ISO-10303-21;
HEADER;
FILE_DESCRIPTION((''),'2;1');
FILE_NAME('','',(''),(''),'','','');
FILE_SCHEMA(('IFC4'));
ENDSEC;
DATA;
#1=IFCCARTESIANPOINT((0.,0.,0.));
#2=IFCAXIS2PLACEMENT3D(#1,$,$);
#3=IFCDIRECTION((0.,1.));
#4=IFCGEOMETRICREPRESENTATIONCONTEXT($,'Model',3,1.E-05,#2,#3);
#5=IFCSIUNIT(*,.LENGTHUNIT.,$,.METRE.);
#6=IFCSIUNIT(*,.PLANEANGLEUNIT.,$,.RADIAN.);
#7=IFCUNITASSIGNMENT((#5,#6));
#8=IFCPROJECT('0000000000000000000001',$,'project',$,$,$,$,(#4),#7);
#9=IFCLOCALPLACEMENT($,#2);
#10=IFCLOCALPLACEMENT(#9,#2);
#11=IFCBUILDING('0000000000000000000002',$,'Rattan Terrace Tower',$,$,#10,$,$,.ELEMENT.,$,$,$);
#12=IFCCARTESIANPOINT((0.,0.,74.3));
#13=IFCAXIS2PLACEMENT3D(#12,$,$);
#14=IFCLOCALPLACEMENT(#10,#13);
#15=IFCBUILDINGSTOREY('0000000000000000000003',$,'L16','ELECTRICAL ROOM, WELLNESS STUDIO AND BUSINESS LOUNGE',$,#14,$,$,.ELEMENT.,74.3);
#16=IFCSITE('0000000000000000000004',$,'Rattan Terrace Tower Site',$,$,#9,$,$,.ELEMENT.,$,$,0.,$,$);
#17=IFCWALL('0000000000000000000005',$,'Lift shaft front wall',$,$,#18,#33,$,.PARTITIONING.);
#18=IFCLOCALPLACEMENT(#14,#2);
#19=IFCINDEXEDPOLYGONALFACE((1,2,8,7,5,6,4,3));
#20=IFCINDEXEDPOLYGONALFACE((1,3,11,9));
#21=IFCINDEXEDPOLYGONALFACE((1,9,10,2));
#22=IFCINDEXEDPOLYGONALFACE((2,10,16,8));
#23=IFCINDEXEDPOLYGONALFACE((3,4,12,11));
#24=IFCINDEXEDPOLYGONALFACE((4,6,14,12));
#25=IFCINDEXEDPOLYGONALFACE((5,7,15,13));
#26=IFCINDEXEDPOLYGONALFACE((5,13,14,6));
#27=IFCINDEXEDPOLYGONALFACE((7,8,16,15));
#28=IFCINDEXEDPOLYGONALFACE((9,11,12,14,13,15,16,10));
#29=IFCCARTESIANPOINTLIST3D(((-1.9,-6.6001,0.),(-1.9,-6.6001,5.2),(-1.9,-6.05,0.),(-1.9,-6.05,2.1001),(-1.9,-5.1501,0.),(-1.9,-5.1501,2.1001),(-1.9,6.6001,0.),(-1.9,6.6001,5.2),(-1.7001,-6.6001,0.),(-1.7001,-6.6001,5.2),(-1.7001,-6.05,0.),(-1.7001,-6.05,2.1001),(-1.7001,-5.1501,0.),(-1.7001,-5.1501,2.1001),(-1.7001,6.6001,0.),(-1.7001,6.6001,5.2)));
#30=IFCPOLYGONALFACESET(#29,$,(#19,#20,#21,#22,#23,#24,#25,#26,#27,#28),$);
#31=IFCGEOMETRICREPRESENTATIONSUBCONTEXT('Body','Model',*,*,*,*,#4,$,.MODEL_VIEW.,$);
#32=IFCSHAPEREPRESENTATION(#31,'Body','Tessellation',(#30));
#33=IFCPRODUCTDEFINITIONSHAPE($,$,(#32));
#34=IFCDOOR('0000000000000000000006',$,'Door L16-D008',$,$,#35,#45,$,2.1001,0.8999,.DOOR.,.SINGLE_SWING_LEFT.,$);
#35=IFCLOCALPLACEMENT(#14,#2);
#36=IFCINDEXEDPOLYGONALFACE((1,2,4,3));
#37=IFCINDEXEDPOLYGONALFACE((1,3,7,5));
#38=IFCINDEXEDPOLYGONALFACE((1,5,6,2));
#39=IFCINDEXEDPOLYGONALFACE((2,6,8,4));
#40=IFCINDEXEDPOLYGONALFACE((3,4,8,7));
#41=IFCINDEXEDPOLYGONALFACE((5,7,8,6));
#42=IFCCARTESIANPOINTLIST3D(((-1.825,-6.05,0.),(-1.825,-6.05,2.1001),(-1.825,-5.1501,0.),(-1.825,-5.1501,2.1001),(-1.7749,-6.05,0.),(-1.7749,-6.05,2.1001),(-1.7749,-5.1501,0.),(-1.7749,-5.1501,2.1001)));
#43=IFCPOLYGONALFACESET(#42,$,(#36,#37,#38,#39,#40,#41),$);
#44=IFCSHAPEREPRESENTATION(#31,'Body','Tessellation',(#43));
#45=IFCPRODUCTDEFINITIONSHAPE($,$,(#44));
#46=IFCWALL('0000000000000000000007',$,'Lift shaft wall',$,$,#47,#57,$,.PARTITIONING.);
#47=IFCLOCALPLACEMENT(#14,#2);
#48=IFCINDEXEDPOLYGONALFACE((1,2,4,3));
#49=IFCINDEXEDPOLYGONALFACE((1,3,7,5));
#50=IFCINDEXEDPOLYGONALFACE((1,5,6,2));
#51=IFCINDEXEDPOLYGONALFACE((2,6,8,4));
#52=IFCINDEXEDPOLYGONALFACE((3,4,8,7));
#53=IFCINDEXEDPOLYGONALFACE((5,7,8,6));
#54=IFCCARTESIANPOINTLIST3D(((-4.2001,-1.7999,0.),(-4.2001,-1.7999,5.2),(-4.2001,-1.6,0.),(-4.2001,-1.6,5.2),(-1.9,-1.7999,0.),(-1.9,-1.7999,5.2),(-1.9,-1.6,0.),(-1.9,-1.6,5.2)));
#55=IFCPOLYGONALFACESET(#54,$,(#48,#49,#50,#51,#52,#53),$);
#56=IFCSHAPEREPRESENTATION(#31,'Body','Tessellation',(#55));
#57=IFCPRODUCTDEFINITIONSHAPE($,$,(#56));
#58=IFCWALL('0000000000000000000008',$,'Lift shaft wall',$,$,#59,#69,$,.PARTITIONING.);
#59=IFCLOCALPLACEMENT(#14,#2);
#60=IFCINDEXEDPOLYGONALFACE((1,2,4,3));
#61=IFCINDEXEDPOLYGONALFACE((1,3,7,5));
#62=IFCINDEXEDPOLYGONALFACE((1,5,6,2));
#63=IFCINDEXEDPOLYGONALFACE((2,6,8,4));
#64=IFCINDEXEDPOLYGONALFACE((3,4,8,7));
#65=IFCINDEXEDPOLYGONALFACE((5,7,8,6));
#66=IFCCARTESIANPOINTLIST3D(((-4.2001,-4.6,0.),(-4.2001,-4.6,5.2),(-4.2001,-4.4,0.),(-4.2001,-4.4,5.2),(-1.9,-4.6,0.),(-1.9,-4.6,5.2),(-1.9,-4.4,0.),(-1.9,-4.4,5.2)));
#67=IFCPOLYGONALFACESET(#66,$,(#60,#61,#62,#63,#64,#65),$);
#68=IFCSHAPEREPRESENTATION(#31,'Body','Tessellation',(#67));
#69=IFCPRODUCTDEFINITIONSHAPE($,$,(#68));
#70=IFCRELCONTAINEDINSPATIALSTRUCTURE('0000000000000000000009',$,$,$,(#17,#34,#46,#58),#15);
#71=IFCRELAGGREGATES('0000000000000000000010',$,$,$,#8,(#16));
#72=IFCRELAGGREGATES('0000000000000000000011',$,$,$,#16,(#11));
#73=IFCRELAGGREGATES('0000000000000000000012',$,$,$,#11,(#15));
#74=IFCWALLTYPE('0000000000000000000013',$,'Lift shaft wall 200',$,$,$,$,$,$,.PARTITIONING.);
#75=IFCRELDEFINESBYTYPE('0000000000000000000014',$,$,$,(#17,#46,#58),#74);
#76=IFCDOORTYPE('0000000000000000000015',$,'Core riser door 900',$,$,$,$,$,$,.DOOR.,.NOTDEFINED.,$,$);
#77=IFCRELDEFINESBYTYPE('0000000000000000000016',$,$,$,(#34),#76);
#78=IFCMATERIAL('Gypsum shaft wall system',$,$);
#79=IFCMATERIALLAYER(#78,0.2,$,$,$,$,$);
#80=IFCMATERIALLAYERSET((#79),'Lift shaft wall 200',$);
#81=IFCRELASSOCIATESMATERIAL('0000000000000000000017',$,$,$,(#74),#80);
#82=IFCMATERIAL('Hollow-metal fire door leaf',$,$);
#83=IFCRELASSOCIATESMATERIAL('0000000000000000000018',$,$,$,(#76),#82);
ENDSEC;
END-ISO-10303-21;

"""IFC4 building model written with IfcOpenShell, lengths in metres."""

from ifc_helpers import new_model, si_unit, direction, frame, frame_2d, origin, place, context, subcontext, project, spatial, rectangle, extrude, material, layer, layer_set, type_object, element, fill, save


model = new_model("IFC4")

# Units and contexts
model_context = context("Model", 3, precision=1e-05, world=origin(), true_north=direction((0.0, 1.0)))
body_context = subcontext(model_context, "Body", "Model", "MODEL_VIEW")
ifc_project = project(units=[si_unit("LENGTHUNIT", "METRE"), si_unit("PLANEANGLEUNIT", "RADIAN")], contexts=[model_context])

# Site, building, storey
site_placement = place(None, origin())
site = spatial("IfcSite", under=ifc_project, at=site_placement, Name="Rattan Terrace Tower Site", CompositionType="ELEMENT", RefElevation=0.0)
building_placement = place(site_placement, origin())
building = spatial("IfcBuilding", under=site, at=building_placement, Name="Rattan Terrace Tower", CompositionType="ELEMENT")
storey_placement = place(building_placement, frame((0.0, 0.0, 74.3)))
storey = spatial("IfcBuildingStorey", under=building, at=storey_placement, Name="L16", Description="ELECTRICAL ROOM, WELLNESS STUDIO AND BUSINESS LOUNGE", CompositionType="ELEMENT", Elevation=74.3)

# Shared definitions
ifc_material_1 = material(Name="Gypsum shaft wall system")
ifc_layer_1 = layer(ifc_material_1, 0.2)
ifc_layer_set_1 = layer_set([ifc_layer_1], Name="Lift shaft wall 200")
wall_type_1 = type_object("IfcWallType", Name="Lift shaft wall 200", PredefinedType="PARTITIONING", material=ifc_layer_set_1)
ifc_material_2 = material(Name="Hollow-metal fire door leaf")
door_type_1 = type_object("IfcDoorType", Name="Core riser door 900", OperationType="NOTDEFINED", PredefinedType="DOOR", material=ifc_material_2)

# Wall, opening, door
wall_1_placement = place(storey_placement, frame((-1.8, -6.6001, 0.0), z_axis=(0.0, 0.0, 1.0), x_axis=(0.0, 1.0, 0.0)))
wall_1 = element("IfcWall", 1, at=wall_1_placement, inside=storey, type_object=wall_type_1, Name="Lift shaft front wall", PredefinedType="PARTITIONING", context=body_context, shape_type="SweptSolid", body=[
    extrude(rectangle(XDim=13.2002, YDim=0.2, at=frame_2d((6.6001, 0.0))), origin(), (0.0, 0.0, 1.0), 5.2),
])
opening_1_placement = place(wall_1_placement, frame((0.55, 0.0, 0.0)))
opening_1 = element("IfcOpeningElement", 2, at=opening_1_placement, cuts=wall_1, PredefinedType="OPENING", context=body_context, shape_type="SweptSolid", body=[
    extrude(rectangle(XDim=0.8999, YDim=2.1001, at=frame_2d((0.45, 1.05))), frame((0.0, 0.1106, 0.0), z_axis=(0.0, -1.0, 0.0), x_axis=(1.0, 0.0, 0.0)), (0.0, 0.0, 1.0), 0.2209),
])
door_1_placement = place(opening_1_placement, origin())
door_1 = element("IfcDoor", 3, at=door_1_placement, inside=storey, type_object=door_type_1, Name="Door L16-D008", OperationType="SINGLE_SWING_LEFT", OverallHeight=2.1001, OverallWidth=0.8999, PredefinedType="DOOR", context=body_context, shape_type="SweptSolid", body=[
    extrude(rectangle(XDim=0.8999, YDim=2.1001, at=frame_2d((0.45, 1.05))), frame((0.0, 0.0249, 0.0), z_axis=(0.0, -1.0, 0.0), x_axis=(1.0, 0.0, 0.0)), (0.0, 0.0, 1.0), 0.05),
])
fill(opening_1, door_1)

# Walls
for number, where, z_axis, x_axis, name in (
    (4, (-4.2, -1.7, 0.0), (0.0, 0.0, 1.0), (1.0, 0.0, 0.0), "Lift shaft wall"),
    (5, (-4.2, -4.5, 0.0), (0.0, 0.0, 1.0), (1.0, 0.0, 0.0), "Lift shaft wall"),
):
    element("IfcWall", number, at=place(storey_placement, frame(where, z_axis=z_axis, x_axis=x_axis)), inside=storey, type_object=wall_type_1, Name=name, PredefinedType="PARTITIONING", context=body_context, shape_type="SweptSolid", body=[
        extrude(rectangle(XDim=2.3, YDim=0.2, at=frame_2d((1.1499, 0.0))), origin(), (0.0, 0.0, 1.0), 5.2),
    ])

save(model, "model.ifc")
